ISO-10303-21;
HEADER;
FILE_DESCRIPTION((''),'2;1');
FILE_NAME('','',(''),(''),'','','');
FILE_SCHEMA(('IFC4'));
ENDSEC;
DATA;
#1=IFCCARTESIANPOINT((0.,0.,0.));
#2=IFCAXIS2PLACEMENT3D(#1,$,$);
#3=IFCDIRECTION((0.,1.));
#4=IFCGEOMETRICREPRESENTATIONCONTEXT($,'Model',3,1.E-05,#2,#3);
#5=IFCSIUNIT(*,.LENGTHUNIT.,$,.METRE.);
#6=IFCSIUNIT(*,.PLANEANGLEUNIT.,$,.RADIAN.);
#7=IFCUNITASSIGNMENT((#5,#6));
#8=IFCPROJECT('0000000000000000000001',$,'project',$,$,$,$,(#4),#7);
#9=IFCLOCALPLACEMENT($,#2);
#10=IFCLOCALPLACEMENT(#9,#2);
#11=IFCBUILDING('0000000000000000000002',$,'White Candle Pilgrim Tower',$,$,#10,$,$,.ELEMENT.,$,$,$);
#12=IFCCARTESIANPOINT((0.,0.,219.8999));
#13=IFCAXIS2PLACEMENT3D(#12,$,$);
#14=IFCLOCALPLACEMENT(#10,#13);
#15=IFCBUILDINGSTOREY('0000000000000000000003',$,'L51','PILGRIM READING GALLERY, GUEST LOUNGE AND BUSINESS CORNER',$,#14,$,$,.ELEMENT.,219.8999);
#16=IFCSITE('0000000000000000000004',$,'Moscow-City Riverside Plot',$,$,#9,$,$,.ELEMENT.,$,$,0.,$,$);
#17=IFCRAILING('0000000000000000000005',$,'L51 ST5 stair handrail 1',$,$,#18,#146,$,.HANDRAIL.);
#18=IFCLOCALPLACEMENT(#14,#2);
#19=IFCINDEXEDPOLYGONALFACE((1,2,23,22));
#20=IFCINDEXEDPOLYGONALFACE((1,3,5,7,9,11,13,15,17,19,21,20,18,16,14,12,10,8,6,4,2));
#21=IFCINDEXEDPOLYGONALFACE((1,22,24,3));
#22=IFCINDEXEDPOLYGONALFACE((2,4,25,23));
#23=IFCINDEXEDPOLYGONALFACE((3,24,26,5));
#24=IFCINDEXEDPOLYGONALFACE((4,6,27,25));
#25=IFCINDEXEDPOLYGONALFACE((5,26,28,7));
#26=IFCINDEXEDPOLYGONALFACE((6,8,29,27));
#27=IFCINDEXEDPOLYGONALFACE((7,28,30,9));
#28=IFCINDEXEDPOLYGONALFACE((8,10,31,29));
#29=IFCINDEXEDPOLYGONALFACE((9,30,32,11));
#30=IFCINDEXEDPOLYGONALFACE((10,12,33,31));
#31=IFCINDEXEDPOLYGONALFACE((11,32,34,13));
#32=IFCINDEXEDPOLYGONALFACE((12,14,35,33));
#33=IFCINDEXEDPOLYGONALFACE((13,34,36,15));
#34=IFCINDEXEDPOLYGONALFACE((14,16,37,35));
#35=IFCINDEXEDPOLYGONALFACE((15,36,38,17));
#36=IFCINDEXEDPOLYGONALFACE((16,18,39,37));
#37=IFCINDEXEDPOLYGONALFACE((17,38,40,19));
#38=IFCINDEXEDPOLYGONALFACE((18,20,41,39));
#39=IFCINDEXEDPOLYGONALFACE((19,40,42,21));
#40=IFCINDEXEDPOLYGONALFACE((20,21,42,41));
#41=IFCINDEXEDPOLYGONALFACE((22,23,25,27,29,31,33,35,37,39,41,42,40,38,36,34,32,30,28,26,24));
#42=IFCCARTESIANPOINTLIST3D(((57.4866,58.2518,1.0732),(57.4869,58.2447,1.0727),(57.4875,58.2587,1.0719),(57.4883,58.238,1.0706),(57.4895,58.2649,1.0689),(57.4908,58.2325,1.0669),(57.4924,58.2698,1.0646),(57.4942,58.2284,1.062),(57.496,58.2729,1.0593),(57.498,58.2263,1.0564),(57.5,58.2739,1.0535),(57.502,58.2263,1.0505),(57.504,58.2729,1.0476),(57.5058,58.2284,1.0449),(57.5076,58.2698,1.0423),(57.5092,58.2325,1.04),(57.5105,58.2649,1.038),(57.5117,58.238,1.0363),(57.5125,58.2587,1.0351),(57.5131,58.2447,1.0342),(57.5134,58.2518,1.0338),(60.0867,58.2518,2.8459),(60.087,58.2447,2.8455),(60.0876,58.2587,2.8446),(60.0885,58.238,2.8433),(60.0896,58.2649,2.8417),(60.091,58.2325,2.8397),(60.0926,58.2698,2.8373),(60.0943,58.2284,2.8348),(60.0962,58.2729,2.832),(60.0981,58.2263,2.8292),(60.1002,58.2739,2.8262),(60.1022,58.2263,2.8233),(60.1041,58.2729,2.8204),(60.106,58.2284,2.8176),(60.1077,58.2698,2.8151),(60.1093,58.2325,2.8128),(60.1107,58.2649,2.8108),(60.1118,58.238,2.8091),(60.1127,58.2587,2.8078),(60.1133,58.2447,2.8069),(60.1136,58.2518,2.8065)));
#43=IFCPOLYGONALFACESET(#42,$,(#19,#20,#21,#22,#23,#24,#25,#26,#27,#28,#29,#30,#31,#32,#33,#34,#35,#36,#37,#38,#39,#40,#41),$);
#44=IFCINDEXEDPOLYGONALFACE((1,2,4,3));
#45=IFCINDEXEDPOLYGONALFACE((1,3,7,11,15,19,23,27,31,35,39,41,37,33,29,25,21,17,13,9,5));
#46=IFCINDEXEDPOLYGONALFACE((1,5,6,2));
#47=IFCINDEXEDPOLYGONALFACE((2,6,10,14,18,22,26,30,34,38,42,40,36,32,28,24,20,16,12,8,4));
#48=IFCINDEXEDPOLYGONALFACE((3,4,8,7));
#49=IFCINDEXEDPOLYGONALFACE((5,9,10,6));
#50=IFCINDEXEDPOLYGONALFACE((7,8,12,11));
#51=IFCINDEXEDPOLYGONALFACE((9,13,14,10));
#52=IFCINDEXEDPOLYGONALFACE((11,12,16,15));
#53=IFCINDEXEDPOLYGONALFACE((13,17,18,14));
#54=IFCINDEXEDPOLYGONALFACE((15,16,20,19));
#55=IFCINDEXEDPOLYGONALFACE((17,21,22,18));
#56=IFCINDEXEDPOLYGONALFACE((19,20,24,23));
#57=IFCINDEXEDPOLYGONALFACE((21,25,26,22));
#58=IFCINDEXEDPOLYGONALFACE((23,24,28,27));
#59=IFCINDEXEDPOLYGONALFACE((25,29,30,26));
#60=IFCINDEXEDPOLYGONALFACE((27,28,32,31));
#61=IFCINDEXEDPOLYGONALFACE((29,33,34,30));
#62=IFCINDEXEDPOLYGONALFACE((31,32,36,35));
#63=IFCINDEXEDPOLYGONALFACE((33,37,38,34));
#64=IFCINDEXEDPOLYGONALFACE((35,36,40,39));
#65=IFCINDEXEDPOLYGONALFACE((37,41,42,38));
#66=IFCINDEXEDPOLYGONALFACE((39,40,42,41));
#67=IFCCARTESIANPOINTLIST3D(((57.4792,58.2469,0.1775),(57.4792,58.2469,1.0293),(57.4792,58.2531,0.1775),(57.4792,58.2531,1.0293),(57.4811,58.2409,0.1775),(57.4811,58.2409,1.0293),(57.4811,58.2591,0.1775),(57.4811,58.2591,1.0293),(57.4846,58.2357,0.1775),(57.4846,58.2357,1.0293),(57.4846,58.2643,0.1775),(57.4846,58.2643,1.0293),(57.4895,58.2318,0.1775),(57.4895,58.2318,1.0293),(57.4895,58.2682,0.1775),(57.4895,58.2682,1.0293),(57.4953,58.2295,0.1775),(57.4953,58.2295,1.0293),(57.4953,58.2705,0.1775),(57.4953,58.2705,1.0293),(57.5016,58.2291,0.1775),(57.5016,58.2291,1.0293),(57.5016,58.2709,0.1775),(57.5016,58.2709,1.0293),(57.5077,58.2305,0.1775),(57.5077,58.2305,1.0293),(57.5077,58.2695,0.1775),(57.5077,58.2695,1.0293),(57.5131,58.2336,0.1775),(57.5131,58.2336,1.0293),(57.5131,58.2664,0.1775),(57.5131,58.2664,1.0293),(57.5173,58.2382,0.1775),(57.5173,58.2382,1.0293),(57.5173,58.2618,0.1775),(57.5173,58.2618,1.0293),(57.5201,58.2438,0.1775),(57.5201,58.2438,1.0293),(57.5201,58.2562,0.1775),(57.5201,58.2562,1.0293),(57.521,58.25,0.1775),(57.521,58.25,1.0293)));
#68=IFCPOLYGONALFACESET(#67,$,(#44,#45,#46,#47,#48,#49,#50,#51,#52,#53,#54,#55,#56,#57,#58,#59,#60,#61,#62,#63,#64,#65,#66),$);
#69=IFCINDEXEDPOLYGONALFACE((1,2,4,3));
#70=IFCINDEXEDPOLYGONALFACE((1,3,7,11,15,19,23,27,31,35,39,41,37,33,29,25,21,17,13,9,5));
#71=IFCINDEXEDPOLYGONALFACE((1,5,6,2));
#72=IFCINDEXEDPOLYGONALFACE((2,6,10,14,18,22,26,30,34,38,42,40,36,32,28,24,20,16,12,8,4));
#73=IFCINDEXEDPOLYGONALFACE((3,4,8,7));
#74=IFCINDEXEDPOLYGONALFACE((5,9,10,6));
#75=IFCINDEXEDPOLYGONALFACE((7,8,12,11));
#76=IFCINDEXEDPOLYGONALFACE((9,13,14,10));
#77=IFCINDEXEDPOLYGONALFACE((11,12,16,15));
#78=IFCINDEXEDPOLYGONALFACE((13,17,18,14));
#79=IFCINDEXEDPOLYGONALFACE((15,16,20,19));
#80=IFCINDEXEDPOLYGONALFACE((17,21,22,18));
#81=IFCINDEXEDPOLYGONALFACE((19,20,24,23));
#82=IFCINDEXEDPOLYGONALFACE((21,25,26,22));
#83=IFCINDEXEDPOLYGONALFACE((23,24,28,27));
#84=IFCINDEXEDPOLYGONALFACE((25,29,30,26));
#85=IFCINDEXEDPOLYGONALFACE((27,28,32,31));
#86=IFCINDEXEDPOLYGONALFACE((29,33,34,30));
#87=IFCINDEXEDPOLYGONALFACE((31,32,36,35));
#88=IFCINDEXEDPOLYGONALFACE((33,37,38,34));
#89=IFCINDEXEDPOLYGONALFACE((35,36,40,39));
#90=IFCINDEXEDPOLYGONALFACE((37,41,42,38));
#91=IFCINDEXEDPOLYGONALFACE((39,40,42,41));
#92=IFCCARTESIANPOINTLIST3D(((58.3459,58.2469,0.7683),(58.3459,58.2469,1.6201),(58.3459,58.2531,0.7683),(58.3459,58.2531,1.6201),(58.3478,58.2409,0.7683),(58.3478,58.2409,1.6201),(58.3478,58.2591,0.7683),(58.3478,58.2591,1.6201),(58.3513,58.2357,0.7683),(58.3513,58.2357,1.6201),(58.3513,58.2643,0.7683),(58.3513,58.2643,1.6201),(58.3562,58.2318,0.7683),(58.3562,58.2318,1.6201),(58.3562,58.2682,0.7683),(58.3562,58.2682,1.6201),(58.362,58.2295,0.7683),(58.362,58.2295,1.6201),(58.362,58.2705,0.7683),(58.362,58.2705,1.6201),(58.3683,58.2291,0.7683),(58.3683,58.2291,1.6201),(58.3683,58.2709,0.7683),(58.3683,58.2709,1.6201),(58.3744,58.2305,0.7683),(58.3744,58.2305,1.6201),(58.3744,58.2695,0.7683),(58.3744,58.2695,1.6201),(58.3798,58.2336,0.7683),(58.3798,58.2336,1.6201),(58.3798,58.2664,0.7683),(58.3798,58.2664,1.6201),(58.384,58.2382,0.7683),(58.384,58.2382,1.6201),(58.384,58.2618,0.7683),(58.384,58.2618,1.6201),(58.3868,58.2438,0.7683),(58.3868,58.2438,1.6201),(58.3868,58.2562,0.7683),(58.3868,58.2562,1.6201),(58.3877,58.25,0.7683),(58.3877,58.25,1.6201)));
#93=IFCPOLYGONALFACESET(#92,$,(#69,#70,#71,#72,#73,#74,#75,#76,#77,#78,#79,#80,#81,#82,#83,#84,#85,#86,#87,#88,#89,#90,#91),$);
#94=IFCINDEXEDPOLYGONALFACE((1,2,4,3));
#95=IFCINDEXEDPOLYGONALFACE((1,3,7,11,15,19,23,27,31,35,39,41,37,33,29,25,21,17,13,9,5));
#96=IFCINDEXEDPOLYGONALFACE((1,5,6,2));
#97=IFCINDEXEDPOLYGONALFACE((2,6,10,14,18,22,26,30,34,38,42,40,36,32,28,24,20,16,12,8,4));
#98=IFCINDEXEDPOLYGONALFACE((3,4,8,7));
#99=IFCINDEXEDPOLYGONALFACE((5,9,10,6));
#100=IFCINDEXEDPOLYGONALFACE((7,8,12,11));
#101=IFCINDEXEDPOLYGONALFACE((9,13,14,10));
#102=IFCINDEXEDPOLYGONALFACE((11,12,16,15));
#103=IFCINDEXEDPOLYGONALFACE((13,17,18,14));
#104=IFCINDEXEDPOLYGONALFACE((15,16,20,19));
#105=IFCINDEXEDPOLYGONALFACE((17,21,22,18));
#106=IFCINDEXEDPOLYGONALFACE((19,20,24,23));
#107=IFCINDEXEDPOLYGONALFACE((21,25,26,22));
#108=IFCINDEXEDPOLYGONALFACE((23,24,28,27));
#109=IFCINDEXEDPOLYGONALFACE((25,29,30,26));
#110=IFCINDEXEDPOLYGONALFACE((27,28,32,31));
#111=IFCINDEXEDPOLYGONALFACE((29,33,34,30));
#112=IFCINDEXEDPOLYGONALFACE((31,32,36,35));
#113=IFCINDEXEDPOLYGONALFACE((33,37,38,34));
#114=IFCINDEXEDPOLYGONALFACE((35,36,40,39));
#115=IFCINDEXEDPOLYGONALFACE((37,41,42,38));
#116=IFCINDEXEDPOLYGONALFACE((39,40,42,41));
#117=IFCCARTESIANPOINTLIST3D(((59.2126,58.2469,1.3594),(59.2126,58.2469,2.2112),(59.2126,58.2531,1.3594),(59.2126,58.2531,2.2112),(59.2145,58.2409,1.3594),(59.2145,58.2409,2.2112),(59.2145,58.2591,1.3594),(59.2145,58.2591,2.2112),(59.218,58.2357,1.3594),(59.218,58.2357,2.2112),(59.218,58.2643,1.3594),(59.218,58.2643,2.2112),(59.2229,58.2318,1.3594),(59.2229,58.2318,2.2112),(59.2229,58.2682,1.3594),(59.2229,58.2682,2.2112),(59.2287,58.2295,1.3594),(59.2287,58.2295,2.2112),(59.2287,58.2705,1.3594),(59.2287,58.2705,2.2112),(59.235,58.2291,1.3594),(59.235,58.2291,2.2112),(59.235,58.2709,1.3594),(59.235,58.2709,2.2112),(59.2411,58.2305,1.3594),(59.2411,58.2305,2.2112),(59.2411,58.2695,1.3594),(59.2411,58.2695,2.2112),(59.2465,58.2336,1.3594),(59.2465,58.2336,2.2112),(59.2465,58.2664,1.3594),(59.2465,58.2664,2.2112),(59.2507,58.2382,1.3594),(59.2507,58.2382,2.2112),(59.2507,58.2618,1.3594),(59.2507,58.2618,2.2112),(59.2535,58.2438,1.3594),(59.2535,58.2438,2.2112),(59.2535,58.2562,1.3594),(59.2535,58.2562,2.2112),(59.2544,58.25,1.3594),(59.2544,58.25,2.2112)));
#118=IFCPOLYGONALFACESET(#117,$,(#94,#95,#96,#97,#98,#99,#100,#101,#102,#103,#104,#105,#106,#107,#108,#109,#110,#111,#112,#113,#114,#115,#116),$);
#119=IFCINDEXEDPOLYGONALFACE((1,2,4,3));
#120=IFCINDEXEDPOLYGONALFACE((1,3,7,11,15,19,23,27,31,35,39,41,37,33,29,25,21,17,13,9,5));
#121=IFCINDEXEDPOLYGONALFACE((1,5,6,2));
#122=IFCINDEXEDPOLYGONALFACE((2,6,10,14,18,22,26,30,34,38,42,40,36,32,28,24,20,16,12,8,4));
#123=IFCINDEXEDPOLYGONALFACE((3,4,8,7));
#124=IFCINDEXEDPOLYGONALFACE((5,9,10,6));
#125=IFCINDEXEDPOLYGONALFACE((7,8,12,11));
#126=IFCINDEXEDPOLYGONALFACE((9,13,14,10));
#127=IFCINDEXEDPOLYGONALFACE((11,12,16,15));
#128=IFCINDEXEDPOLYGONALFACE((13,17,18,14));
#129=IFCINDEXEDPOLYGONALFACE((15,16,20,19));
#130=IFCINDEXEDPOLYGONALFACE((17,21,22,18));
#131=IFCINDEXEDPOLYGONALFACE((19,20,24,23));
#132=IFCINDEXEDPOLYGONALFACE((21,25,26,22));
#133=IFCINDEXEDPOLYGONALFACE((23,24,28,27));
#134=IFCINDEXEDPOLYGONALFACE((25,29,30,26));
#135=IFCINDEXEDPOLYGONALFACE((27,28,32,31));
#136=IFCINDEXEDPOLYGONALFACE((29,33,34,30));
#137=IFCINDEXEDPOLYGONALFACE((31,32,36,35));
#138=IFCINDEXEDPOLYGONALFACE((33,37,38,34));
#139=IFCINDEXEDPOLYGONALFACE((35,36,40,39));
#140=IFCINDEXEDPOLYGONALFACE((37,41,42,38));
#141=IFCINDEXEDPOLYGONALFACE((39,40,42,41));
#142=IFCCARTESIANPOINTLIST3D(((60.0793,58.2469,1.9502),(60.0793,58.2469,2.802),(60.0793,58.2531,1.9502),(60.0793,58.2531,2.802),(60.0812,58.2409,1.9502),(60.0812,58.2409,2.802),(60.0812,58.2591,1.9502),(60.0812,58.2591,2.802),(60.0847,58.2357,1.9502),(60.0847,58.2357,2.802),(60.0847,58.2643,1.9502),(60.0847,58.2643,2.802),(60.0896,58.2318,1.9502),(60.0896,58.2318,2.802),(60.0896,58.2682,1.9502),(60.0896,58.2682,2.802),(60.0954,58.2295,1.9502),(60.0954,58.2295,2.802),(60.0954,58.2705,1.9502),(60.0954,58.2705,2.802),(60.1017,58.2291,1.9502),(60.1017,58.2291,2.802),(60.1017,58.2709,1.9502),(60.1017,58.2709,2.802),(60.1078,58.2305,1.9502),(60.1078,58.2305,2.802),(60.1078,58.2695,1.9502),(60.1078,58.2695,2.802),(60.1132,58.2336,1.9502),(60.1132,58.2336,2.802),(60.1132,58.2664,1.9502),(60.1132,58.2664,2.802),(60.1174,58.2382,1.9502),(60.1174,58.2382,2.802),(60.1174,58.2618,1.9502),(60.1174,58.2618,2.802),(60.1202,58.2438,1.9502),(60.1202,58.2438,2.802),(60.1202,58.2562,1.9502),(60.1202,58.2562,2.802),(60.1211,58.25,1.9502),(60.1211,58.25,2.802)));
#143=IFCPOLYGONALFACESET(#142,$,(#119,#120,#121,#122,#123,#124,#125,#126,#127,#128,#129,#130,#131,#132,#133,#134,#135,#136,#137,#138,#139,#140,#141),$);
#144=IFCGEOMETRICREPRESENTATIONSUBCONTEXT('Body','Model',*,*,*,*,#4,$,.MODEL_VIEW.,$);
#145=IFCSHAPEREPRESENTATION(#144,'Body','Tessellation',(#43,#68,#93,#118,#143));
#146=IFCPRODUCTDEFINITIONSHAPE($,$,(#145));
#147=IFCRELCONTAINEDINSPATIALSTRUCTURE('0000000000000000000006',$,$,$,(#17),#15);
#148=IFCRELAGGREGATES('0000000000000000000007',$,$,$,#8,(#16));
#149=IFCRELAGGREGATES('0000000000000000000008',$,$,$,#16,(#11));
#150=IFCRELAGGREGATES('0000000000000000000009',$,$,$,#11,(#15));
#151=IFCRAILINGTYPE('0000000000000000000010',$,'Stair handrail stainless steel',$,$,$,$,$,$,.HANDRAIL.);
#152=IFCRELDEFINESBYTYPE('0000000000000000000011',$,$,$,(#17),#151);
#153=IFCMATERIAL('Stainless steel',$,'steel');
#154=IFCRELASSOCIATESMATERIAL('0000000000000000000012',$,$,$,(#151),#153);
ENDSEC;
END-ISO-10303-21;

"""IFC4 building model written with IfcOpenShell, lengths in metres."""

from ifc_helpers import new_model, si_unit, direction, frame, origin, origin_2d, place, context, subcontext, project, spatial, circle, extrude, material, type_object, element, save


model = new_model("IFC4")

# Units and contexts
model_context = context("Model", 3, precision=1e-05, world=origin(), true_north=direction((0.0, 1.0)))
body_context = subcontext(model_context, "Body", "Model", "MODEL_VIEW")
ifc_project = project(units=[si_unit("LENGTHUNIT", "METRE"), si_unit("PLANEANGLEUNIT", "RADIAN")], contexts=[model_context])

# Site, building, storey
site_placement = place(None, origin())
site = spatial("IfcSite", under=ifc_project, at=site_placement, Name="Moscow-City Riverside Plot", CompositionType="ELEMENT", RefElevation=0.0)
building_placement = place(site_placement, origin())
building = spatial("IfcBuilding", under=site, at=building_placement, Name="White Candle Pilgrim Tower", CompositionType="ELEMENT")
storey_placement = place(building_placement, frame((0.0, 0.0, 219.8999)))
storey = spatial("IfcBuildingStorey", under=building, at=storey_placement, Name="L51", Description="PILGRIM READING GALLERY, GUEST LOUNGE AND BUSINESS CORNER", CompositionType="ELEMENT", Elevation=219.8999)

# Railing
ifc_material_1 = material(Name="Stainless steel", Category="steel")
railing_type_1 = type_object("IfcRailingType", Name="Stair handrail stainless steel", PredefinedType="HANDRAIL", material=ifc_material_1)
railing_1_placement = place(storey_placement, frame((57.5, 58.25, 0.1775)))
element("IfcRailing", 1, at=railing_1_placement, inside=storey, type_object=railing_type_1, Name="L51 ST5 stair handrail 1", PredefinedType="HANDRAIL", context=body_context, shape_type="SweptSolid", body=[
    extrude(circle(Radius=0.0239, at=origin_2d()), frame((0.0, 0.0, 0.876), z_axis=(0.82624, 0.0, 0.563318), x_axis=(0.0, 1.0, 0.0)), (0.0, 0.0, 1.0), 3.147),
    extrude(circle(Radius=0.021, at=origin_2d()), origin(), (0.0, 0.0, 1.0), 0.8518),
    extrude(circle(Radius=0.021, at=origin_2d()), frame((0.8667, 0.0, 0.5908)), (0.0, 0.0, 1.0), 0.8518),
    extrude(circle(Radius=0.021, at=origin_2d()), frame((1.7334, 0.0, 1.1819)), (0.0, 0.0, 1.0), 0.8518),
    extrude(circle(Radius=0.021, at=origin_2d()), frame((2.6001, 0.0, 1.7727)), (0.0, 0.0, 1.0), 0.8518),
])

save(model, "model.ifc")
